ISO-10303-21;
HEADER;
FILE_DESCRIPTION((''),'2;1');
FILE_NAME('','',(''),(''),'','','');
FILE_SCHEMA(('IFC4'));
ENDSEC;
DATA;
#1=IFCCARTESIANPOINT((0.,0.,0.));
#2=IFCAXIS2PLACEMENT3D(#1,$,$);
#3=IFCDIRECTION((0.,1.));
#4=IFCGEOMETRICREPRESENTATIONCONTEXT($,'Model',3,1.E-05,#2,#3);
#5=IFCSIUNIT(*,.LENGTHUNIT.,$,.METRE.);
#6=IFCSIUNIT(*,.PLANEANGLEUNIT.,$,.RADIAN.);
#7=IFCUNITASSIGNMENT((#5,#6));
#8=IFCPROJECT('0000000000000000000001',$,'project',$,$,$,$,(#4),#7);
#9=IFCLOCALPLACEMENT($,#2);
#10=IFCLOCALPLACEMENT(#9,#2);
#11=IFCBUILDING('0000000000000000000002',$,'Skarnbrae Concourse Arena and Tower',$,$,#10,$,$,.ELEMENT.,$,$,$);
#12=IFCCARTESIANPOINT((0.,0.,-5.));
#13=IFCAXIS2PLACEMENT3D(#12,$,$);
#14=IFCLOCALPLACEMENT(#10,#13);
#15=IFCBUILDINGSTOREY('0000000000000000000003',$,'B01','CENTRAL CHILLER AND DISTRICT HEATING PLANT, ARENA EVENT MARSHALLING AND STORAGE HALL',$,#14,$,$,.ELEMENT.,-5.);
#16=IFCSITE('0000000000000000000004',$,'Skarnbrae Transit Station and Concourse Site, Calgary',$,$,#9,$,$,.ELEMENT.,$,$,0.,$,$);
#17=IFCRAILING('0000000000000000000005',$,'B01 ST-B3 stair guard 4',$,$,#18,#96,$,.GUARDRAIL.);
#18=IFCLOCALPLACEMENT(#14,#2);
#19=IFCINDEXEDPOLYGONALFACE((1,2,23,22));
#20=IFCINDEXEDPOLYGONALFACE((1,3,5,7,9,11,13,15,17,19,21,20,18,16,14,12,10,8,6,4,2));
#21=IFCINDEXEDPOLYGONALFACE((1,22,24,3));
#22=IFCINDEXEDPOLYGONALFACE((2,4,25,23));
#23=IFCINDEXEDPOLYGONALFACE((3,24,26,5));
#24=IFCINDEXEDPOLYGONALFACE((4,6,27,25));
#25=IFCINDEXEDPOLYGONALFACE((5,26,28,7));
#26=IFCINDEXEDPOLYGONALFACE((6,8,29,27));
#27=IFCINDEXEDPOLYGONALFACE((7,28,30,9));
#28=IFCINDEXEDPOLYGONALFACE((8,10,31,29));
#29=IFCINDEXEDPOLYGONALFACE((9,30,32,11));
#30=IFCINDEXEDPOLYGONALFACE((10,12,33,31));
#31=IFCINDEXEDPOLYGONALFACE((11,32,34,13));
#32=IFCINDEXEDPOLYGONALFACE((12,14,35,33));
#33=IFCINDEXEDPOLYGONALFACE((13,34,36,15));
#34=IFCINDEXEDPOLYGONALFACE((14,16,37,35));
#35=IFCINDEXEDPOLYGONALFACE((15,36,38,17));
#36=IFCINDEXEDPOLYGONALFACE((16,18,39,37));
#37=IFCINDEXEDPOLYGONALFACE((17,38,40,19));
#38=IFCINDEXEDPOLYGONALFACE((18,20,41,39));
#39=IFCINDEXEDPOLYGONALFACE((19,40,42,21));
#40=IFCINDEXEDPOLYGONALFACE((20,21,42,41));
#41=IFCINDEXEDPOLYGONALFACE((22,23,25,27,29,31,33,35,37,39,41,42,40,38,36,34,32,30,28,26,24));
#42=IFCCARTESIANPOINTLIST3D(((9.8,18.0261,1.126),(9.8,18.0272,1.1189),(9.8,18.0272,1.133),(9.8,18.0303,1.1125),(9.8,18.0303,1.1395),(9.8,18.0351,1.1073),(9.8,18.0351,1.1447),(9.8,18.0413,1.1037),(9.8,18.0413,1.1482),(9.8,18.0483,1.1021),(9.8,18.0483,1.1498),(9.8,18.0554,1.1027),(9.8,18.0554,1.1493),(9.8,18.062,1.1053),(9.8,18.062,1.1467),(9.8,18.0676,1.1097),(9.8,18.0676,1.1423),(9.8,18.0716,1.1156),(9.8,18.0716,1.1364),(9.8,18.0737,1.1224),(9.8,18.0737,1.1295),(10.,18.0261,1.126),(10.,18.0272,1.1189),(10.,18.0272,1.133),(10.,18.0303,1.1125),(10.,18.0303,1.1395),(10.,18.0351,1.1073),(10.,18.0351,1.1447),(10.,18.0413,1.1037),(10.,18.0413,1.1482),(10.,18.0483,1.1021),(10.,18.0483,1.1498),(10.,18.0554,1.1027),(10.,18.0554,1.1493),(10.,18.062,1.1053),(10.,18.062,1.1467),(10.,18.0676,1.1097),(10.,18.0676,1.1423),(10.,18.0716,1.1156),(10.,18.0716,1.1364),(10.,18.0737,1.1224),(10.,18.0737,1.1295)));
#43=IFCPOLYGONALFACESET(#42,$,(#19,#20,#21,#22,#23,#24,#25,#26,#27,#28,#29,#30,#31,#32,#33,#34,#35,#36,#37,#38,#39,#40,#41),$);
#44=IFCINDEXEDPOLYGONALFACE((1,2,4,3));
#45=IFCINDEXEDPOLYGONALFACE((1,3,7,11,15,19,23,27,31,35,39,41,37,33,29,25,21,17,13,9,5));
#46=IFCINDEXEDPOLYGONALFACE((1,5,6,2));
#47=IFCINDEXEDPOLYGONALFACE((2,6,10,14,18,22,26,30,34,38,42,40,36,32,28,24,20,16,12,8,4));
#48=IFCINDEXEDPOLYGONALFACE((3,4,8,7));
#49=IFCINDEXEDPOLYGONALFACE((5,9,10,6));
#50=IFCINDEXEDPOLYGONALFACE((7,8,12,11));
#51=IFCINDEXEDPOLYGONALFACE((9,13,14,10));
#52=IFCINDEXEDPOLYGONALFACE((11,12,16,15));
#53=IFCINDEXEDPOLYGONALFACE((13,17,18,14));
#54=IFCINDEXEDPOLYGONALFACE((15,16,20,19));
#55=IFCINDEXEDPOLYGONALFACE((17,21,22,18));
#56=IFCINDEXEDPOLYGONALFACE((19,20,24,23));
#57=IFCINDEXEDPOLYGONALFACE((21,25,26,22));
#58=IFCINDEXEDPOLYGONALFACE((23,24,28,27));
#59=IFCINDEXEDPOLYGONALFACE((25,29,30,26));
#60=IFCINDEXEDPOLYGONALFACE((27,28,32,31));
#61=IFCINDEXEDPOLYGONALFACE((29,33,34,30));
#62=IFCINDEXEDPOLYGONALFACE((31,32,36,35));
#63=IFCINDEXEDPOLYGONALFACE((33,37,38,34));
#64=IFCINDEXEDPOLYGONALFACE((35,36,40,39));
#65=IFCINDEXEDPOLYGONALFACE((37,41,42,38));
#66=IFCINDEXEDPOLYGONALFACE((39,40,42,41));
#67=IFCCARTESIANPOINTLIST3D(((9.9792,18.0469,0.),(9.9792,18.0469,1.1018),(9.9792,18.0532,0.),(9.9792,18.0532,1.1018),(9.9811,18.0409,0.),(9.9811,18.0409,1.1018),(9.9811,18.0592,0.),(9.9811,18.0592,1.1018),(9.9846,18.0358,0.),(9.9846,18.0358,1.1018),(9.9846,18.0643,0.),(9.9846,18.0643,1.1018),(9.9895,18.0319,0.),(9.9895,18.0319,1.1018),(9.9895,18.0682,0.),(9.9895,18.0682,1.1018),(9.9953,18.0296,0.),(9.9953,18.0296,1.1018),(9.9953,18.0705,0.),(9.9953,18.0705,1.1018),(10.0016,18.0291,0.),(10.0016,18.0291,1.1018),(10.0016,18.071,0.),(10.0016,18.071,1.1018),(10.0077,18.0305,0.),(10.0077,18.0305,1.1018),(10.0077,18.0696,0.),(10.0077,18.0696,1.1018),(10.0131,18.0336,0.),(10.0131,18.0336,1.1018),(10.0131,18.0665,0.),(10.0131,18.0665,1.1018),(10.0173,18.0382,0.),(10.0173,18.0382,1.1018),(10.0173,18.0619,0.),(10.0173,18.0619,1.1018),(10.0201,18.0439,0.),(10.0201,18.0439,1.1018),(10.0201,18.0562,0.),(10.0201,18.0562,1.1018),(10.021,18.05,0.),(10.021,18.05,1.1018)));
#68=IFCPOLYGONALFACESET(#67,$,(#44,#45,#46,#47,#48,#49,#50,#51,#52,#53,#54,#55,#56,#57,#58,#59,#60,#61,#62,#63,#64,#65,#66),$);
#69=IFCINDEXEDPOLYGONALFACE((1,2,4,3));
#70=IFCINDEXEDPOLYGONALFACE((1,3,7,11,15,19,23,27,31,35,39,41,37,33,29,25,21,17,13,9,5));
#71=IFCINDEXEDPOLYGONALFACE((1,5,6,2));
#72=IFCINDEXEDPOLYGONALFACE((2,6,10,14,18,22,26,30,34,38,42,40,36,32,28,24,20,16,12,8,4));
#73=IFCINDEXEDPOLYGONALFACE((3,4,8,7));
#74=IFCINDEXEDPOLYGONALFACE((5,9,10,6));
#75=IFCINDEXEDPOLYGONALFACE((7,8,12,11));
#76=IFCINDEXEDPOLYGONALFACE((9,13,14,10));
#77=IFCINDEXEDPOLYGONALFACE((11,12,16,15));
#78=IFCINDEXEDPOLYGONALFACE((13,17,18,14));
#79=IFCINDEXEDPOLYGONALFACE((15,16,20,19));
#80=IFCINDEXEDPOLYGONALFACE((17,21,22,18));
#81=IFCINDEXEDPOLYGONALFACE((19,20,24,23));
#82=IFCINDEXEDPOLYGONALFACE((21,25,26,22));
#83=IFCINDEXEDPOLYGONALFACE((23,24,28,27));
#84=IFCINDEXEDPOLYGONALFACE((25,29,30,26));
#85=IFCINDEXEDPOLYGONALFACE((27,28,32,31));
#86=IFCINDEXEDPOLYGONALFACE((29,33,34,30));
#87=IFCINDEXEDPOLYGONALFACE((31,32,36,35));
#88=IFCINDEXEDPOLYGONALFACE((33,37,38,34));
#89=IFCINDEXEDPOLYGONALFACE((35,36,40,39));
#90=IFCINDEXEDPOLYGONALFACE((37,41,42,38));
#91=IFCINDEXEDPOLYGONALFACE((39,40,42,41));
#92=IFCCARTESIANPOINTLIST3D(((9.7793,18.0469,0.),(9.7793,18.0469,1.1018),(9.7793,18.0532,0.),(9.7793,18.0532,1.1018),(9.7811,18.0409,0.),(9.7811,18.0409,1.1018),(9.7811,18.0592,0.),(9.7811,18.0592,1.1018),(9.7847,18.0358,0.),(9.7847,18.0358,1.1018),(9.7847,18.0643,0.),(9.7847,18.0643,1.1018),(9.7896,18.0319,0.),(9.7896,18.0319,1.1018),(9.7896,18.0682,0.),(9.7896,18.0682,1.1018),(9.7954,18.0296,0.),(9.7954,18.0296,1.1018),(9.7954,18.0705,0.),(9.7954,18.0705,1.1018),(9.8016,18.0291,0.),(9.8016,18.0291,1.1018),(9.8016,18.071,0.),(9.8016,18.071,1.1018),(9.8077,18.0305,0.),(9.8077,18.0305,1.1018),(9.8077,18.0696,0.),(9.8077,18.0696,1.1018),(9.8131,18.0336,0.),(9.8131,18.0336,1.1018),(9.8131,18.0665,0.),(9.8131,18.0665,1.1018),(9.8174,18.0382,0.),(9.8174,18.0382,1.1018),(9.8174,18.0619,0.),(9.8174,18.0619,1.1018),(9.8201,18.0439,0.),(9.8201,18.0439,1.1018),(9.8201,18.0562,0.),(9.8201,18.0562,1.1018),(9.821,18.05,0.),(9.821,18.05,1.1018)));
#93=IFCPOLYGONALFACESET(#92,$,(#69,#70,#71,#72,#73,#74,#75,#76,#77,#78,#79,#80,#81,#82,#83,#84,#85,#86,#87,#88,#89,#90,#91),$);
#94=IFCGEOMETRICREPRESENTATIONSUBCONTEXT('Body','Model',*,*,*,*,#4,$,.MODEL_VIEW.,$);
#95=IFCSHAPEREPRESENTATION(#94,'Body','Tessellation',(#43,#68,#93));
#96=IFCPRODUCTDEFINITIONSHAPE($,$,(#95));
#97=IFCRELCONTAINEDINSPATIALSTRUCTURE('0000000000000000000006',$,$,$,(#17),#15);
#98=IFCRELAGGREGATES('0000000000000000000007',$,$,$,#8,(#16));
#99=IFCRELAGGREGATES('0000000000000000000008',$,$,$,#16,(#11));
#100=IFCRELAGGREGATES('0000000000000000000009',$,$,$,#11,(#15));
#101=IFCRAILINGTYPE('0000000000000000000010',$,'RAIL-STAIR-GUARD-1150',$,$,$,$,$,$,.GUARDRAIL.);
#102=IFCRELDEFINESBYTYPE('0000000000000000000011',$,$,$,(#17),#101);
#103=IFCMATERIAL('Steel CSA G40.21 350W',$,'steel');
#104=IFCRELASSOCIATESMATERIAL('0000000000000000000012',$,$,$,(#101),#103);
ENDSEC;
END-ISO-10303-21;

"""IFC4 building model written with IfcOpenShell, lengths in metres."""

from ifc_helpers import new_model, si_unit, direction, frame, origin, origin_2d, place, context, subcontext, project, spatial, circle, extrude, material, type_object, element, save


model = new_model("IFC4")

# Units and contexts
model_context = context("Model", 3, precision=1e-05, world=origin(), true_north=direction((0.0, 1.0)))
body_context = subcontext(model_context, "Body", "Model", "MODEL_VIEW")
ifc_project = project(units=[si_unit("LENGTHUNIT", "METRE"), si_unit("PLANEANGLEUNIT", "RADIAN")], contexts=[model_context])

# Site, building, storey
site_placement = place(None, origin())
site = spatial("IfcSite", under=ifc_project, at=site_placement, Name="Skarnbrae Transit Station and Concourse Site, Calgary", CompositionType="ELEMENT", RefElevation=0.0)
building_placement = place(site_placement, origin())
building = spatial("IfcBuilding", under=site, at=building_placement, Name="Skarnbrae Concourse Arena and Tower", CompositionType="ELEMENT")
storey_placement = place(building_placement, frame((0.0, 0.0, -5.0)))
storey = spatial("IfcBuildingStorey", under=building, at=storey_placement, Name="B01", Description="CENTRAL CHILLER AND DISTRICT HEATING PLANT, ARENA EVENT MARSHALLING AND STORAGE HALL", CompositionType="ELEMENT", Elevation=-5.0)

# Shared definitions
ifc_material_1 = material(Name="Steel CSA G40.21 350W", Category="steel")

# Railing
railing_type_1 = type_object("IfcRailingType", Name="RAIL-STAIR-GUARD-1150", PredefinedType="GUARDRAIL", material=ifc_material_1)
railing_1_placement = place(storey_placement, frame((10.0, 18.05, 0.0)))
element("IfcRailing", 1, at=railing_1_placement, inside=storey, type_object=railing_type_1, Name="B01 ST-B3 stair guard 4", PredefinedType="GUARDRAIL", context=body_context, shape_type="SweptSolid", body=[
    extrude(circle(Radius=0.0239, at=origin_2d()), frame((0.0, 0.0, 1.126), z_axis=(-1.0, 0.0, 0.0), x_axis=(0.0, -1.0, 0.0)), (0.0, 0.0, 1.0), 0.2),
    extrude(circle(Radius=0.021, at=origin_2d()), origin(), (0.0, 0.0, 1.0), 1.1018),
    extrude(circle(Radius=0.021, at=origin_2d()), frame((-0.2, 0.0, 0.0)), (0.0, 0.0, 1.0), 1.1018),
])

save(model, "model.ifc")
